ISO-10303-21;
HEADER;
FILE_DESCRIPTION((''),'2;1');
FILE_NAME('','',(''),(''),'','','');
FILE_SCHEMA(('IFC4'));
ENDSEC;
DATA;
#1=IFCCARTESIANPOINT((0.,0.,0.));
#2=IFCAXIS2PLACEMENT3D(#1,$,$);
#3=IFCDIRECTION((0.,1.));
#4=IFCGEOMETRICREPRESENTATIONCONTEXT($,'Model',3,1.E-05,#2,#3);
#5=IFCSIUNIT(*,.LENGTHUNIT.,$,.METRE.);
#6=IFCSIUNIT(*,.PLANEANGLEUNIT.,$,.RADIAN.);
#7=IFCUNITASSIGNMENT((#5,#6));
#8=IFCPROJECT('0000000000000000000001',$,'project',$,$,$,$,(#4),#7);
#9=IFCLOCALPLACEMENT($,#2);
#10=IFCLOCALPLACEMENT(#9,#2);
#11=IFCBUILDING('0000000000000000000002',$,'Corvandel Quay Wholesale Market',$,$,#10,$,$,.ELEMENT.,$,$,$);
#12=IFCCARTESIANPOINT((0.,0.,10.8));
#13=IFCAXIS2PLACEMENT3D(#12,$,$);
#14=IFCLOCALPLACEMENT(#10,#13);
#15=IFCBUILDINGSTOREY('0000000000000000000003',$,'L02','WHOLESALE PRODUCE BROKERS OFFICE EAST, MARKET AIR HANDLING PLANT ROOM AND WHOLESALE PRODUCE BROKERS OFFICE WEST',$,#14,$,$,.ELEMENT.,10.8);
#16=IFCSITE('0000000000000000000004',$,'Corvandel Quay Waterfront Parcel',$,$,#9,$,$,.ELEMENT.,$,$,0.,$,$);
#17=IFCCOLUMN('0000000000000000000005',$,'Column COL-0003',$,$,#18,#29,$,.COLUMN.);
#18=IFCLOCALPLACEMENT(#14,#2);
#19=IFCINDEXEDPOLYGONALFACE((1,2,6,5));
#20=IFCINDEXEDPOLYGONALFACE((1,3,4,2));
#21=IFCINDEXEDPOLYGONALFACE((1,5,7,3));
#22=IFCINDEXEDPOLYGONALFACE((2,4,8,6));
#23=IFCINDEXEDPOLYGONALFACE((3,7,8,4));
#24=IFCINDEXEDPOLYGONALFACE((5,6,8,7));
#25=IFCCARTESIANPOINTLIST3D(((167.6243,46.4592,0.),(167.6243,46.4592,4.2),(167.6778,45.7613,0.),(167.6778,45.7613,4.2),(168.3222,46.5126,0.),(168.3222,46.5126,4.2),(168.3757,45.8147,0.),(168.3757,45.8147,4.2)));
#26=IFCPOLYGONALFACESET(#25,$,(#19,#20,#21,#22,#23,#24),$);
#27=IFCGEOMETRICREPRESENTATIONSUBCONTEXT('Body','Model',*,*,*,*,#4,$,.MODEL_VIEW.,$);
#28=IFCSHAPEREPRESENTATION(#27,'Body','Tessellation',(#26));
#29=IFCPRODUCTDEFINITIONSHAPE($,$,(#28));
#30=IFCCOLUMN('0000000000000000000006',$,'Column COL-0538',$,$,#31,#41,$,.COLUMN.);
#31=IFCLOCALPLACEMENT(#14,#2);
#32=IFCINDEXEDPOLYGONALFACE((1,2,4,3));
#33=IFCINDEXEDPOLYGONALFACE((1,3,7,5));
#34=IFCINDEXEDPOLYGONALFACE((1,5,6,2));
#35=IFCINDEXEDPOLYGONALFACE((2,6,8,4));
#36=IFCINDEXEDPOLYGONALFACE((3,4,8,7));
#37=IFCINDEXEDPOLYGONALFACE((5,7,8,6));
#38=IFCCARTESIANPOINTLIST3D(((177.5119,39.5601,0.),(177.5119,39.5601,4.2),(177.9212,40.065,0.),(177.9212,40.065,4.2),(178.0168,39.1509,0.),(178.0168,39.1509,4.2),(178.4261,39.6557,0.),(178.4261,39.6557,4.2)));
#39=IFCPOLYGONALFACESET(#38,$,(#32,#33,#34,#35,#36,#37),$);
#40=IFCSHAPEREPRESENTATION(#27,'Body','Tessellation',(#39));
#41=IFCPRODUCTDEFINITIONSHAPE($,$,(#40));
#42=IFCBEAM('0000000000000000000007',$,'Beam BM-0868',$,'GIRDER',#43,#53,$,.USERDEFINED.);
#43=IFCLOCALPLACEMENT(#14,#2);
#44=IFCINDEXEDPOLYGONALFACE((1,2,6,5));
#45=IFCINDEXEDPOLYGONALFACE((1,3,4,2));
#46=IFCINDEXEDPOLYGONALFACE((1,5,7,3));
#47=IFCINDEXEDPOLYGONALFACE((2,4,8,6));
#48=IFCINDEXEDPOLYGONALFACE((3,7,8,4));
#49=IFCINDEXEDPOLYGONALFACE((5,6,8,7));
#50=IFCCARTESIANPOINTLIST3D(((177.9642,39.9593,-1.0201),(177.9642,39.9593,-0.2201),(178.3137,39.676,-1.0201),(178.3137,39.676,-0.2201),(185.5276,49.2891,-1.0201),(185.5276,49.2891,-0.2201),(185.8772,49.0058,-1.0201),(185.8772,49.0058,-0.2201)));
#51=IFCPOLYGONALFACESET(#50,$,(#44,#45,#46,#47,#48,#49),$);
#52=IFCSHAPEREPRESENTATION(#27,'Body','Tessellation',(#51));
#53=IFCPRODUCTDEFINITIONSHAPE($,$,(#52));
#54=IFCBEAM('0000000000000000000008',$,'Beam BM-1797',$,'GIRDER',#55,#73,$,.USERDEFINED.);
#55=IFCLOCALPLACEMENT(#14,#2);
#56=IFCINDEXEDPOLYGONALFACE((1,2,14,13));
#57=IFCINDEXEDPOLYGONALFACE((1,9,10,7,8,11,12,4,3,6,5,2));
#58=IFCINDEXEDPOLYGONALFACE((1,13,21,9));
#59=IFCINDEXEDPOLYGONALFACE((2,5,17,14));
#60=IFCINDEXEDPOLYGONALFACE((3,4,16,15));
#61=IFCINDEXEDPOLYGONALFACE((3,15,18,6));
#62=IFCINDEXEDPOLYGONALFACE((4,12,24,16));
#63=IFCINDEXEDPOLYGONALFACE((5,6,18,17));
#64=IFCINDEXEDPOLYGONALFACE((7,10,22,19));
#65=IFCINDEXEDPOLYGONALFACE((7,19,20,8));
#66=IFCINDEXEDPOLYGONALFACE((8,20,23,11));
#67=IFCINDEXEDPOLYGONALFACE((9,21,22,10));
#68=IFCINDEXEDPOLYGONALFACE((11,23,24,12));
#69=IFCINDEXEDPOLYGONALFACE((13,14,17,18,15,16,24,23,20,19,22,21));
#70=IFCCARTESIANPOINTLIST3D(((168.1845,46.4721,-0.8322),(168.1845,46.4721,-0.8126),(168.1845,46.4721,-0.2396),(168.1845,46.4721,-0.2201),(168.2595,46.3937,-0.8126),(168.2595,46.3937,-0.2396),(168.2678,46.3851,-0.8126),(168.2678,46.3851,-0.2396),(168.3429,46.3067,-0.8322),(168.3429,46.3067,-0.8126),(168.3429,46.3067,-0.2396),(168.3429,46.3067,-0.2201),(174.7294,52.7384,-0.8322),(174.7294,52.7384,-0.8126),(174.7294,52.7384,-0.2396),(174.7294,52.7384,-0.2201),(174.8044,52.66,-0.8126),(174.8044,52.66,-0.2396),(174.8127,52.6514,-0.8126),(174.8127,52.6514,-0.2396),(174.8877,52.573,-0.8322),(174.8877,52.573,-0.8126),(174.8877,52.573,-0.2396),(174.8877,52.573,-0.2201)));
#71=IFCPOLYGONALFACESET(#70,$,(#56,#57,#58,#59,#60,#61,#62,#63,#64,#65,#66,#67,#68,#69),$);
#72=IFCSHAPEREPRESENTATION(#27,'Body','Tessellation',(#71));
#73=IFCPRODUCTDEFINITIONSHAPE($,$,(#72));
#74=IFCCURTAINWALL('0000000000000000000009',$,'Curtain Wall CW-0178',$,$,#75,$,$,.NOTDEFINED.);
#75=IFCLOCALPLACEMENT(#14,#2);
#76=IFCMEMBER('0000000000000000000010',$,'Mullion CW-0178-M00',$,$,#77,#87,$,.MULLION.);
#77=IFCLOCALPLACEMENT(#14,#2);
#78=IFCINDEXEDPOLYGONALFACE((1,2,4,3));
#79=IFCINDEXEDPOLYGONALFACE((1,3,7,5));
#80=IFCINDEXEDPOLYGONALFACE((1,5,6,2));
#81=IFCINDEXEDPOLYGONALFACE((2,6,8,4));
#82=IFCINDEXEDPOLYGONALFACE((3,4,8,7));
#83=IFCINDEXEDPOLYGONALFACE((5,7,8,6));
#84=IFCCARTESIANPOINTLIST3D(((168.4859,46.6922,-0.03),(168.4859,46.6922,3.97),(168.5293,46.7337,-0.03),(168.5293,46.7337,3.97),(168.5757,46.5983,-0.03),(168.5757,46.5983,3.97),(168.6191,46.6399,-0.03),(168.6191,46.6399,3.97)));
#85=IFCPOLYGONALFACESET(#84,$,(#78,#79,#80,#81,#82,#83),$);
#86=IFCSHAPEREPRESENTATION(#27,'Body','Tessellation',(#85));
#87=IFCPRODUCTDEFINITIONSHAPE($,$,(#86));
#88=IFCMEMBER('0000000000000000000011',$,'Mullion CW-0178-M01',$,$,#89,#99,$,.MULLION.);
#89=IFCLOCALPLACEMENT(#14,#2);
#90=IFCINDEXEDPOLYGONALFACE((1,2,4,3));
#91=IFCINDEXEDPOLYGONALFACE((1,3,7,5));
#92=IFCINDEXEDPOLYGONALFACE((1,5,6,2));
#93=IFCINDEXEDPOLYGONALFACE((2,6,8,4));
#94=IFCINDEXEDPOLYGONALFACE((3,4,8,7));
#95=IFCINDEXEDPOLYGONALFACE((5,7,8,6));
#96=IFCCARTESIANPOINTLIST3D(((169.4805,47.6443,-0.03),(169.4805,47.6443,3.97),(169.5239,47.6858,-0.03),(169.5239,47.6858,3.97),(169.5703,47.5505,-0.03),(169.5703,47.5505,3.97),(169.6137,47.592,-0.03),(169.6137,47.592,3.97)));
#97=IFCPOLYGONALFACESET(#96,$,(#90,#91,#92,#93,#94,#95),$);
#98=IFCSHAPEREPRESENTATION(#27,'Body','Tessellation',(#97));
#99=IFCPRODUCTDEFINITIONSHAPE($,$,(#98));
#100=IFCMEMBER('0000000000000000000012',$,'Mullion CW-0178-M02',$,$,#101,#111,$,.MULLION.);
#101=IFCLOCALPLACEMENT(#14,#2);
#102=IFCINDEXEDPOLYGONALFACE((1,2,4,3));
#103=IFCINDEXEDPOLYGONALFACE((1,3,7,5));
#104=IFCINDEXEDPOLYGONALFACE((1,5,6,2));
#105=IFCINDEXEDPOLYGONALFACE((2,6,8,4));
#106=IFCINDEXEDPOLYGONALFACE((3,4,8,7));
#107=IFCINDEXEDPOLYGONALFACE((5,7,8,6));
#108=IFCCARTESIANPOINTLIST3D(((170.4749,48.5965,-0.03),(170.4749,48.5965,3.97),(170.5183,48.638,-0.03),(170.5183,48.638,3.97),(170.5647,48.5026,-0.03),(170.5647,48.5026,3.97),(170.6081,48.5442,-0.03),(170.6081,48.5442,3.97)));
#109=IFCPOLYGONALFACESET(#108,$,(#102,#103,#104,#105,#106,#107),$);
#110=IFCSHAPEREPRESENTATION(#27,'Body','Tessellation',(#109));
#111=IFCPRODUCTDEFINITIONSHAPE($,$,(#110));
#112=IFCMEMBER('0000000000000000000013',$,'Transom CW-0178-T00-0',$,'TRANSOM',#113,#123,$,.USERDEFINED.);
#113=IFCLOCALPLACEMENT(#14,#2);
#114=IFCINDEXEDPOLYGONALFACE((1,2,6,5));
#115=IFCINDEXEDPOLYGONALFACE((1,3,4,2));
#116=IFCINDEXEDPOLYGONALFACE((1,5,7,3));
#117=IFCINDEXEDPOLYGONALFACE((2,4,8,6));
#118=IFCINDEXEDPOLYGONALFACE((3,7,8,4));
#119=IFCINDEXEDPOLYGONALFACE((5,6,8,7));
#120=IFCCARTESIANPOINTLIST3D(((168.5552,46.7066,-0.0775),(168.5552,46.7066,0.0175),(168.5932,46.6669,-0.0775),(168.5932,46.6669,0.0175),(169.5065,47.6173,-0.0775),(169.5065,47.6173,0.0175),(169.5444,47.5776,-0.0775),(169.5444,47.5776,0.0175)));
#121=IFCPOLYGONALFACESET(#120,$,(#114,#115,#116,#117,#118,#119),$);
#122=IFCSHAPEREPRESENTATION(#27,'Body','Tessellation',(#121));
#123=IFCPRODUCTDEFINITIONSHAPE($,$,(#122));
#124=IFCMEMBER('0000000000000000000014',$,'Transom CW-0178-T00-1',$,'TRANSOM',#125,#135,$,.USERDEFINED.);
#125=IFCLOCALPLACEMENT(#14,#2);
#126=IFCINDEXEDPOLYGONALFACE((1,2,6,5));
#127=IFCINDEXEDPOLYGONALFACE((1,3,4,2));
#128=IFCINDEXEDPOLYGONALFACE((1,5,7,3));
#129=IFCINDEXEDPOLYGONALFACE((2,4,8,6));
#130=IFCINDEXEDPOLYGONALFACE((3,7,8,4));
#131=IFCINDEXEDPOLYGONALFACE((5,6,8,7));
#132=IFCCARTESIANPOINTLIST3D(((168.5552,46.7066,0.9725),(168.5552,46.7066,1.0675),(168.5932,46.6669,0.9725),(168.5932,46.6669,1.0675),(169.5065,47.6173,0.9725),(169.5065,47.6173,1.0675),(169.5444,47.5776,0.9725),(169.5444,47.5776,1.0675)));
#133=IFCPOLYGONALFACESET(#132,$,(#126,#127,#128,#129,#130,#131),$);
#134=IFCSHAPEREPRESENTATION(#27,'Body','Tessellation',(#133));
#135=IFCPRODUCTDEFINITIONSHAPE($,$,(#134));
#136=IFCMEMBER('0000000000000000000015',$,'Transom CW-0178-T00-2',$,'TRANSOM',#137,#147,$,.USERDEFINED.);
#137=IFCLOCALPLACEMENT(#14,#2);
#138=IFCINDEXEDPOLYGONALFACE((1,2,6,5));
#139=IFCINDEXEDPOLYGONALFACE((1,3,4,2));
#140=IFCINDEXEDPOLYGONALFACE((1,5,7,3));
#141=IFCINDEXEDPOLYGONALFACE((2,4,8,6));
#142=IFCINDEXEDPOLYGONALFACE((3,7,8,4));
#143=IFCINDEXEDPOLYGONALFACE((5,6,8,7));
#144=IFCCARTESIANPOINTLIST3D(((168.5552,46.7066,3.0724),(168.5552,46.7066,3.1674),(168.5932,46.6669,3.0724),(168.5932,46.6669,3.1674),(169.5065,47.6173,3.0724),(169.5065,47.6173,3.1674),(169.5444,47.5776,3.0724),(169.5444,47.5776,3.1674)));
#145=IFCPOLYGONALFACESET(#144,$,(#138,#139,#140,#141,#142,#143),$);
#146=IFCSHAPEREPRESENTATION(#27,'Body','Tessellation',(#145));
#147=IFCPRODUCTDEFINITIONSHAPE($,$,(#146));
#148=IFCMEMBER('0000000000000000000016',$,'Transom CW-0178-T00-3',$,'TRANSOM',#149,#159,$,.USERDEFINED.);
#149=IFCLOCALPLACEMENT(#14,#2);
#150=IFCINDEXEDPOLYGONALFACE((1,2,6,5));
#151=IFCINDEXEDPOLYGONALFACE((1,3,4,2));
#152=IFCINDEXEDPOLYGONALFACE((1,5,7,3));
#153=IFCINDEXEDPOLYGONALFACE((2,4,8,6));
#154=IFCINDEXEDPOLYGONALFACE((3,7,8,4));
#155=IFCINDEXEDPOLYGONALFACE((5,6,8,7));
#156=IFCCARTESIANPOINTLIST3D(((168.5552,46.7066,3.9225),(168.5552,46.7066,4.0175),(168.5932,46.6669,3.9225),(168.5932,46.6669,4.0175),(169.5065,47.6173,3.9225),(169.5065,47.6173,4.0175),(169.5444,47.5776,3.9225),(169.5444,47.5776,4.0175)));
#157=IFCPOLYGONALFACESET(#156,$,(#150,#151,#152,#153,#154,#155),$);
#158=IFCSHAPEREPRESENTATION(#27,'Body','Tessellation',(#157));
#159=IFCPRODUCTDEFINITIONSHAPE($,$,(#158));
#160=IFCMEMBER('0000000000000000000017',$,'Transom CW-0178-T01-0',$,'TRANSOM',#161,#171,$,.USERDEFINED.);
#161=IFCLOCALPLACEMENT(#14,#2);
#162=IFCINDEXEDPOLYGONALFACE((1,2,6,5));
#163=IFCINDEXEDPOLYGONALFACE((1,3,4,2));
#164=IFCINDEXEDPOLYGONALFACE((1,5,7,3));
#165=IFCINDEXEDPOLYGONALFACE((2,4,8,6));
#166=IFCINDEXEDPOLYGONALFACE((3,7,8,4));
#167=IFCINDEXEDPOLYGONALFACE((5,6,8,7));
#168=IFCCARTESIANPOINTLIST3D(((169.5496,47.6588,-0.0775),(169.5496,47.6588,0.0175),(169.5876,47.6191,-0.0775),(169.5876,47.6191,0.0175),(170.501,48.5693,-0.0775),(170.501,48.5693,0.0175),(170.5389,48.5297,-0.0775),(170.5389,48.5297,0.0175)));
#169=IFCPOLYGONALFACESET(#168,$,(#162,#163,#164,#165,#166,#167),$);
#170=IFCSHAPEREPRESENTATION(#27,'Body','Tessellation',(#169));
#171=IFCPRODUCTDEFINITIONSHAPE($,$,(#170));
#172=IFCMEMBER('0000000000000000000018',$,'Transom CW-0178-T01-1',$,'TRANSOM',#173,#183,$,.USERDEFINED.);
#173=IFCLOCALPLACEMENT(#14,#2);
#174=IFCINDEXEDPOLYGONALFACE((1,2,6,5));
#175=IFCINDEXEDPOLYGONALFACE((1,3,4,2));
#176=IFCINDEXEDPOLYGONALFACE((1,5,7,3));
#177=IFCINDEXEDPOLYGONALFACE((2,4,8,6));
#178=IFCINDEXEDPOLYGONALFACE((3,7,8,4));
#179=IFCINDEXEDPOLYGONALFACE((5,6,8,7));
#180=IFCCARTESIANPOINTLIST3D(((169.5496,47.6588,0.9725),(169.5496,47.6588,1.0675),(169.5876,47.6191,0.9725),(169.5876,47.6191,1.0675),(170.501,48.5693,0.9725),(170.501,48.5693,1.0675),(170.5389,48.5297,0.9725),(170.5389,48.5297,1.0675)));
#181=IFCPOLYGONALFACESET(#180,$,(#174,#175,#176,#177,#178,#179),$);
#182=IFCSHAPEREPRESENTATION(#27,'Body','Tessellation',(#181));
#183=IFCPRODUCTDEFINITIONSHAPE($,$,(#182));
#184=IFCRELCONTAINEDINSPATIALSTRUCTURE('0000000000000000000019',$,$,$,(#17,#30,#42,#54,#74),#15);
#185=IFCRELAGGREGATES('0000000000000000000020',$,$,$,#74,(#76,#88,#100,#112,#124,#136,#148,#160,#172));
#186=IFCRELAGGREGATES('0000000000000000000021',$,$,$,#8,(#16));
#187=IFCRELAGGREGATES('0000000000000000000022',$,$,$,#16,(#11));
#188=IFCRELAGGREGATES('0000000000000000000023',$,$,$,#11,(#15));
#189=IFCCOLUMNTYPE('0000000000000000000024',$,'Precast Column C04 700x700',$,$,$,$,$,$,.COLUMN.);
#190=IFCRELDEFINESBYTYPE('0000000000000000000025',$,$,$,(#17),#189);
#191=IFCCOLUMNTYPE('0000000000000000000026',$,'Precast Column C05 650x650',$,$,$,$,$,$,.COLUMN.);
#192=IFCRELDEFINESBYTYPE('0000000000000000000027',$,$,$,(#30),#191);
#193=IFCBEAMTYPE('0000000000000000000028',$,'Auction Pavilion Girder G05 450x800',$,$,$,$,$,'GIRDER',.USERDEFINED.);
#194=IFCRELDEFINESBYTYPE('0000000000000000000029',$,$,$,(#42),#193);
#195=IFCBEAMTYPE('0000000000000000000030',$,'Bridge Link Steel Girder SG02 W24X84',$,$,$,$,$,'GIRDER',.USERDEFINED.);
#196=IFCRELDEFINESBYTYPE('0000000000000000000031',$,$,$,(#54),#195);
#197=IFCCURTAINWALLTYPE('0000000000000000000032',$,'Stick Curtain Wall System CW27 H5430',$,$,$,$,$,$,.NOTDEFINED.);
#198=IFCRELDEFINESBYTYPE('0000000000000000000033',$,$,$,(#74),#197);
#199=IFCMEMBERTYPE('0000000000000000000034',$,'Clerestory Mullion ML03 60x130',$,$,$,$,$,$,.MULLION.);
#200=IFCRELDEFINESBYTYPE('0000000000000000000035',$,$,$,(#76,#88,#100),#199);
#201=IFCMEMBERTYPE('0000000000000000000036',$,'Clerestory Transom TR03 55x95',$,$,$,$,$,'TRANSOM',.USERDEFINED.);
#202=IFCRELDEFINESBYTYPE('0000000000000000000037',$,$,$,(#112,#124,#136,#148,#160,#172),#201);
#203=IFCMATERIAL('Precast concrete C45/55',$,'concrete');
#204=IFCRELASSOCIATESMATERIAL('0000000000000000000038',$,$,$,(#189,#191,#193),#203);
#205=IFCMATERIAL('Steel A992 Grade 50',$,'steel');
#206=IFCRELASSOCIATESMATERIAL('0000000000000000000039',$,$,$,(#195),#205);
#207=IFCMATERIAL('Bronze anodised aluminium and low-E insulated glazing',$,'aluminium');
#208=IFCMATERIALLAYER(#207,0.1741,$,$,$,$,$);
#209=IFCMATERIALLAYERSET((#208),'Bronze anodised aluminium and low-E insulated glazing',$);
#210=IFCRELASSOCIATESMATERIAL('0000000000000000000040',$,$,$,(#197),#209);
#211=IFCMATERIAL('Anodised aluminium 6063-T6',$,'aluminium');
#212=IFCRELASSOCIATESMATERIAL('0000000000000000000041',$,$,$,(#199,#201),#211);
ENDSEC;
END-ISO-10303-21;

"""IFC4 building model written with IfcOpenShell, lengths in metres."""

from ifc_helpers import new_model, si_unit, direction, frame, origin, origin_2d, place, context, subcontext, project, spatial, rectangle, i_section, extrude, material, layer, layer_set, material_profile, profile_set, type_object, element, aggregate, save


model = new_model("IFC4")

# Units and contexts
model_context = context("Model", 3, precision=1e-05, world=origin(), true_north=direction((0.0, 1.0)))
body_context = subcontext(model_context, "Body", "Model", "MODEL_VIEW")
ifc_project = project(units=[si_unit("LENGTHUNIT", "METRE"), si_unit("PLANEANGLEUNIT", "RADIAN")], contexts=[model_context])

# Site, building, storey
site_placement = place(None, origin())
site = spatial("IfcSite", under=ifc_project, at=site_placement, Name="Corvandel Quay Waterfront Parcel", CompositionType="ELEMENT", RefElevation=0.0)
building_placement = place(site_placement, origin())
building = spatial("IfcBuilding", under=site, at=building_placement, Name="Corvandel Quay Wholesale Market", CompositionType="ELEMENT")
storey_placement = place(building_placement, frame((0.0, 0.0, 10.8)))
storey = spatial("IfcBuildingStorey", under=building, at=storey_placement, Name="L02", Description="WHOLESALE PRODUCE BROKERS OFFICE EAST, MARKET AIR HANDLING PLANT ROOM AND WHOLESALE PRODUCE BROKERS OFFICE WEST", CompositionType="ELEMENT", Elevation=10.8)

# Columns
ifc_material_1 = material(Name="Precast concrete C45/55", Category="concrete")
ifc_material_profile_1 = material_profile(ifc_material_1, rectangle(XDim=0.7, YDim=0.7, at=origin_2d()), Name="PC-COL-700x700")
ifc_profile_set_1 = profile_set([ifc_material_profile_1], Name="Precast concrete C45/55")
column_type_1 = type_object("IfcColumnType", Name="Precast Column C04 700x700", PredefinedType="COLUMN", material=ifc_profile_set_1)
column_1_placement = place(storey_placement, frame((168.0, 46.137, 0.0), z_axis=(0.0, 0.0, 1.0), x_axis=(-0.076371, 0.997079, 0.0)))
element("IfcColumn", 1, at=column_1_placement, inside=storey, type_object=column_type_1, Name="Column COL-0003", PredefinedType="COLUMN", context=body_context, shape_type="SweptSolid", body=[
    extrude(rectangle(XDim=0.7, YDim=0.7, at=origin_2d()), origin(), (0.0, 0.0, 1.0), 4.2),
])
ifc_material_profile_2 = material_profile(ifc_material_1, rectangle(XDim=0.6499, YDim=0.6499, at=origin_2d()), Name="PC-COL-650x650")
ifc_profile_set_2 = profile_set([ifc_material_profile_2], Name="Precast concrete C45/55")
column_type_2 = type_object("IfcColumnType", Name="Precast Column C05 650x650", PredefinedType="COLUMN", material=ifc_profile_set_2)
column_2_placement = place(storey_placement, frame((177.969, 39.6079, 0.0), z_axis=(0.0, 0.0, 1.0), x_axis=(-0.776816, 0.629727, 0.0)))
element("IfcColumn", 2, at=column_2_placement, inside=storey, type_object=column_type_2, Name="Column COL-0538", PredefinedType="COLUMN", context=body_context, shape_type="SweptSolid", body=[
    extrude(rectangle(XDim=0.6499, YDim=0.6499, at=origin_2d()), origin(), (0.0, 0.0, 1.0), 4.2),
])

# Beams
ifc_material_profile_3 = material_profile(ifc_material_1, rectangle(XDim=0.45, YDim=0.8, at=origin_2d()), Name="PC-GIR-450x800")
ifc_profile_set_3 = profile_set([ifc_material_profile_3], Name="Precast concrete C45/55")
beam_type_1 = type_object("IfcBeamType", Name="Auction Pavilion Girder G05 450x800", ElementType="GIRDER", PredefinedType="USERDEFINED", material=ifc_profile_set_3)
beam_1_placement = place(storey_placement, frame((178.1389, 39.8176, -0.6201), z_axis=(0.629739, 0.776807, 0.0), x_axis=(-0.776807, 0.629739, 0.0)))
element("IfcBeam", 3, at=beam_1_placement, inside=storey, type_object=beam_type_1, Name="Beam BM-0868", ObjectType="GIRDER", PredefinedType="USERDEFINED", context=body_context, shape_type="SweptSolid", body=[
    extrude(rectangle(XDim=0.45, YDim=0.8, at=origin_2d()), origin(), (0.0, 0.0, 1.0), 12.0105),
])
ifc_material_2 = material(Name="Steel A992 Grade 50", Category="steel")
ifc_material_profile_4 = material_profile(ifc_material_2, i_section(OverallWidth=0.229, OverallDepth=0.6121, WebThickness=0.012, FlangeThickness=0.0195, at=origin_2d()), Name="W24X84")
ifc_profile_set_4 = profile_set([ifc_material_profile_4], Name="Steel A992 Grade 50")
beam_type_2 = type_object("IfcBeamType", Name="Bridge Link Steel Girder SG02 W24X84", ElementType="GIRDER", PredefinedType="USERDEFINED", material=ifc_profile_set_4)
beam_2_placement = place(storey_placement, frame((168.2637, 46.3894, -0.5261), z_axis=(0.722311, 0.691568, 0.0), x_axis=(-0.691568, 0.722311, 0.0)))
element("IfcBeam", 4, at=beam_2_placement, inside=storey, type_object=beam_type_2, Name="Beam BM-1797", ObjectType="GIRDER", PredefinedType="USERDEFINED", context=body_context, shape_type="SweptSolid", body=[
    extrude(i_section(OverallWidth=0.229, OverallDepth=0.6121, WebThickness=0.012, FlangeThickness=0.0195, at=origin_2d()), origin(), (0.0, 0.0, 1.0), 9.061),
])

# Curtain wall, members
ifc_material_3 = material(Name="Bronze anodised aluminium and low-E insulated glazing", Category="aluminium")
ifc_layer_1 = layer(ifc_material_3, 0.1741)
ifc_layer_set_1 = layer_set([ifc_layer_1], Name="Bronze anodised aluminium and low-E insulated glazing")
curtain_wall_type = type_object("IfcCurtainWallType", Name="Stick Curtain Wall System CW27 H5430", PredefinedType="NOTDEFINED", material=ifc_layer_set_1)
curtain_wall_placement = place(storey_placement, origin())
curtain_wall = element("IfcCurtainWall", 5, at=curtain_wall_placement, inside=storey, type_object=curtain_wall_type, Name="Curtain Wall CW-0178", PredefinedType="NOTDEFINED")
ifc_material_4 = material(Name="Anodised aluminium 6063-T6", Category="aluminium")
ifc_material_profile_5 = material_profile(ifc_material_4, rectangle(XDim=0.0601, YDim=0.1299, at=origin_2d()), Name="ALU-MUL-60x130")
ifc_profile_set_5 = profile_set([ifc_material_profile_5], Name="Anodised aluminium 6063-T6")
member_type_1 = type_object("IfcMemberType", Name="Clerestory Mullion ML03 60x130", PredefinedType="MULLION", material=ifc_profile_set_5)
member_1_placement = place(storey_placement, frame((168.5525, 46.666, -0.03), z_axis=(0.0, 0.0, 1.0), x_axis=(0.722364, 0.691513, 0.0)))
member_1 = element("IfcMember", 6, at=member_1_placement, type_object=member_type_1, Name="Mullion CW-0178-M00", PredefinedType="MULLION", context=body_context, shape_type="SweptSolid", body=[
    extrude(rectangle(XDim=0.0601, YDim=0.1299, at=origin_2d()), origin(), (0.0, 0.0, 1.0), 4.0),
])
member_2_placement = place(storey_placement, frame((169.5471, 47.6182, -0.03), z_axis=(0.0, 0.0, 1.0), x_axis=(0.722364, 0.691513, 0.0)))
member_2 = element("IfcMember", 7, at=member_2_placement, type_object=member_type_1, Name="Mullion CW-0178-M01", PredefinedType="MULLION", context=body_context, shape_type="SweptSolid", body=[
    extrude(rectangle(XDim=0.0601, YDim=0.1299, at=origin_2d()), origin(), (0.0, 0.0, 1.0), 4.0),
])
member_3_placement = place(storey_placement, frame((170.5415, 48.5703, -0.03), z_axis=(0.0, 0.0, 1.0), x_axis=(0.722364, 0.691513, 0.0)))
member_3 = element("IfcMember", 8, at=member_3_placement, type_object=member_type_1, Name="Mullion CW-0178-M02", PredefinedType="MULLION", context=body_context, shape_type="SweptSolid", body=[
    extrude(rectangle(XDim=0.0601, YDim=0.1299, at=origin_2d()), origin(), (0.0, 0.0, 1.0), 4.0),
])
ifc_material_profile_6 = material_profile(ifc_material_4, rectangle(XDim=0.0549, YDim=0.095, at=origin_2d()), Name="ALU-TRN-55x95")
ifc_profile_set_6 = profile_set([ifc_material_profile_6], Name="Anodised aluminium 6063-T6")
member_type_2 = type_object("IfcMemberType", Name="Clerestory Transom TR03 55x95", ElementType="TRANSOM", PredefinedType="USERDEFINED", material=ifc_profile_set_6)
member_4_placement = place(storey_placement, frame((168.5742, 46.6868, -0.03), z_axis=(0.722328, 0.691551, 0.0), x_axis=(-0.691551, 0.722328, 0.0)))
member_4 = element("IfcMember", 9, at=member_4_placement, type_object=member_type_2, Name="Transom CW-0178-T00-0", ObjectType="TRANSOM", PredefinedType="USERDEFINED", context=body_context, shape_type="SweptSolid", body=[
    extrude(rectangle(XDim=0.0549, YDim=0.095, at=origin_2d()), origin(), (0.0, 0.0, 1.0), 1.3169),
])
member_5_placement = place(storey_placement, frame((168.5742, 46.6868, 1.02), z_axis=(0.722328, 0.691551, 0.0), x_axis=(-0.691551, 0.722328, 0.0)))
member_5 = element("IfcMember", 10, at=member_5_placement, type_object=member_type_2, Name="Transom CW-0178-T00-1", ObjectType="TRANSOM", PredefinedType="USERDEFINED", context=body_context, shape_type="SweptSolid", body=[
    extrude(rectangle(XDim=0.0549, YDim=0.095, at=origin_2d()), origin(), (0.0, 0.0, 1.0), 1.3169),
])
member_6_placement = place(storey_placement, frame((168.5742, 46.6868, 3.1199), z_axis=(0.722328, 0.691551, 0.0), x_axis=(-0.691551, 0.722328, 0.0)))
member_6 = element("IfcMember", 11, at=member_6_placement, type_object=member_type_2, Name="Transom CW-0178-T00-2", ObjectType="TRANSOM", PredefinedType="USERDEFINED", context=body_context, shape_type="SweptSolid", body=[
    extrude(rectangle(XDim=0.0549, YDim=0.095, at=origin_2d()), origin(), (0.0, 0.0, 1.0), 1.3169),
])
member_7_placement = place(storey_placement, frame((168.5742, 46.6868, 3.97), z_axis=(0.722328, 0.691551, 0.0), x_axis=(-0.691551, 0.722328, 0.0)))
member_7 = element("IfcMember", 12, at=member_7_placement, type_object=member_type_2, Name="Transom CW-0178-T00-3", ObjectType="TRANSOM", PredefinedType="USERDEFINED", context=body_context, shape_type="SweptSolid", body=[
    extrude(rectangle(XDim=0.0549, YDim=0.095, at=origin_2d()), origin(), (0.0, 0.0, 1.0), 1.3169),
])
member_8_placement = place(storey_placement, frame((169.5686, 47.6389, -0.03), z_axis=(0.722416, 0.691458, 0.0), x_axis=(-0.691458, 0.722416, 0.0)))
member_8 = element("IfcMember", 13, at=member_8_placement, type_object=member_type_2, Name="Transom CW-0178-T01-0", ObjectType="TRANSOM", PredefinedType="USERDEFINED", context=body_context, shape_type="SweptSolid", body=[
    extrude(rectangle(XDim=0.0549, YDim=0.095, at=origin_2d()), origin(), (0.0, 0.0, 1.0), 1.3169),
])
member_9_placement = place(storey_placement, frame((169.5686, 47.6389, 1.02), z_axis=(0.722416, 0.691458, 0.0), x_axis=(-0.691458, 0.722416, 0.0)))
member_9 = element("IfcMember", 14, at=member_9_placement, type_object=member_type_2, Name="Transom CW-0178-T01-1", ObjectType="TRANSOM", PredefinedType="USERDEFINED", context=body_context, shape_type="SweptSolid", body=[
    extrude(rectangle(XDim=0.0549, YDim=0.095, at=origin_2d()), origin(), (0.0, 0.0, 1.0), 1.3169),
])

aggregate(curtain_wall, [member_1, member_2, member_3, member_4, member_5, member_6, member_7, member_8, member_9])

save(model, "model.ifc")
